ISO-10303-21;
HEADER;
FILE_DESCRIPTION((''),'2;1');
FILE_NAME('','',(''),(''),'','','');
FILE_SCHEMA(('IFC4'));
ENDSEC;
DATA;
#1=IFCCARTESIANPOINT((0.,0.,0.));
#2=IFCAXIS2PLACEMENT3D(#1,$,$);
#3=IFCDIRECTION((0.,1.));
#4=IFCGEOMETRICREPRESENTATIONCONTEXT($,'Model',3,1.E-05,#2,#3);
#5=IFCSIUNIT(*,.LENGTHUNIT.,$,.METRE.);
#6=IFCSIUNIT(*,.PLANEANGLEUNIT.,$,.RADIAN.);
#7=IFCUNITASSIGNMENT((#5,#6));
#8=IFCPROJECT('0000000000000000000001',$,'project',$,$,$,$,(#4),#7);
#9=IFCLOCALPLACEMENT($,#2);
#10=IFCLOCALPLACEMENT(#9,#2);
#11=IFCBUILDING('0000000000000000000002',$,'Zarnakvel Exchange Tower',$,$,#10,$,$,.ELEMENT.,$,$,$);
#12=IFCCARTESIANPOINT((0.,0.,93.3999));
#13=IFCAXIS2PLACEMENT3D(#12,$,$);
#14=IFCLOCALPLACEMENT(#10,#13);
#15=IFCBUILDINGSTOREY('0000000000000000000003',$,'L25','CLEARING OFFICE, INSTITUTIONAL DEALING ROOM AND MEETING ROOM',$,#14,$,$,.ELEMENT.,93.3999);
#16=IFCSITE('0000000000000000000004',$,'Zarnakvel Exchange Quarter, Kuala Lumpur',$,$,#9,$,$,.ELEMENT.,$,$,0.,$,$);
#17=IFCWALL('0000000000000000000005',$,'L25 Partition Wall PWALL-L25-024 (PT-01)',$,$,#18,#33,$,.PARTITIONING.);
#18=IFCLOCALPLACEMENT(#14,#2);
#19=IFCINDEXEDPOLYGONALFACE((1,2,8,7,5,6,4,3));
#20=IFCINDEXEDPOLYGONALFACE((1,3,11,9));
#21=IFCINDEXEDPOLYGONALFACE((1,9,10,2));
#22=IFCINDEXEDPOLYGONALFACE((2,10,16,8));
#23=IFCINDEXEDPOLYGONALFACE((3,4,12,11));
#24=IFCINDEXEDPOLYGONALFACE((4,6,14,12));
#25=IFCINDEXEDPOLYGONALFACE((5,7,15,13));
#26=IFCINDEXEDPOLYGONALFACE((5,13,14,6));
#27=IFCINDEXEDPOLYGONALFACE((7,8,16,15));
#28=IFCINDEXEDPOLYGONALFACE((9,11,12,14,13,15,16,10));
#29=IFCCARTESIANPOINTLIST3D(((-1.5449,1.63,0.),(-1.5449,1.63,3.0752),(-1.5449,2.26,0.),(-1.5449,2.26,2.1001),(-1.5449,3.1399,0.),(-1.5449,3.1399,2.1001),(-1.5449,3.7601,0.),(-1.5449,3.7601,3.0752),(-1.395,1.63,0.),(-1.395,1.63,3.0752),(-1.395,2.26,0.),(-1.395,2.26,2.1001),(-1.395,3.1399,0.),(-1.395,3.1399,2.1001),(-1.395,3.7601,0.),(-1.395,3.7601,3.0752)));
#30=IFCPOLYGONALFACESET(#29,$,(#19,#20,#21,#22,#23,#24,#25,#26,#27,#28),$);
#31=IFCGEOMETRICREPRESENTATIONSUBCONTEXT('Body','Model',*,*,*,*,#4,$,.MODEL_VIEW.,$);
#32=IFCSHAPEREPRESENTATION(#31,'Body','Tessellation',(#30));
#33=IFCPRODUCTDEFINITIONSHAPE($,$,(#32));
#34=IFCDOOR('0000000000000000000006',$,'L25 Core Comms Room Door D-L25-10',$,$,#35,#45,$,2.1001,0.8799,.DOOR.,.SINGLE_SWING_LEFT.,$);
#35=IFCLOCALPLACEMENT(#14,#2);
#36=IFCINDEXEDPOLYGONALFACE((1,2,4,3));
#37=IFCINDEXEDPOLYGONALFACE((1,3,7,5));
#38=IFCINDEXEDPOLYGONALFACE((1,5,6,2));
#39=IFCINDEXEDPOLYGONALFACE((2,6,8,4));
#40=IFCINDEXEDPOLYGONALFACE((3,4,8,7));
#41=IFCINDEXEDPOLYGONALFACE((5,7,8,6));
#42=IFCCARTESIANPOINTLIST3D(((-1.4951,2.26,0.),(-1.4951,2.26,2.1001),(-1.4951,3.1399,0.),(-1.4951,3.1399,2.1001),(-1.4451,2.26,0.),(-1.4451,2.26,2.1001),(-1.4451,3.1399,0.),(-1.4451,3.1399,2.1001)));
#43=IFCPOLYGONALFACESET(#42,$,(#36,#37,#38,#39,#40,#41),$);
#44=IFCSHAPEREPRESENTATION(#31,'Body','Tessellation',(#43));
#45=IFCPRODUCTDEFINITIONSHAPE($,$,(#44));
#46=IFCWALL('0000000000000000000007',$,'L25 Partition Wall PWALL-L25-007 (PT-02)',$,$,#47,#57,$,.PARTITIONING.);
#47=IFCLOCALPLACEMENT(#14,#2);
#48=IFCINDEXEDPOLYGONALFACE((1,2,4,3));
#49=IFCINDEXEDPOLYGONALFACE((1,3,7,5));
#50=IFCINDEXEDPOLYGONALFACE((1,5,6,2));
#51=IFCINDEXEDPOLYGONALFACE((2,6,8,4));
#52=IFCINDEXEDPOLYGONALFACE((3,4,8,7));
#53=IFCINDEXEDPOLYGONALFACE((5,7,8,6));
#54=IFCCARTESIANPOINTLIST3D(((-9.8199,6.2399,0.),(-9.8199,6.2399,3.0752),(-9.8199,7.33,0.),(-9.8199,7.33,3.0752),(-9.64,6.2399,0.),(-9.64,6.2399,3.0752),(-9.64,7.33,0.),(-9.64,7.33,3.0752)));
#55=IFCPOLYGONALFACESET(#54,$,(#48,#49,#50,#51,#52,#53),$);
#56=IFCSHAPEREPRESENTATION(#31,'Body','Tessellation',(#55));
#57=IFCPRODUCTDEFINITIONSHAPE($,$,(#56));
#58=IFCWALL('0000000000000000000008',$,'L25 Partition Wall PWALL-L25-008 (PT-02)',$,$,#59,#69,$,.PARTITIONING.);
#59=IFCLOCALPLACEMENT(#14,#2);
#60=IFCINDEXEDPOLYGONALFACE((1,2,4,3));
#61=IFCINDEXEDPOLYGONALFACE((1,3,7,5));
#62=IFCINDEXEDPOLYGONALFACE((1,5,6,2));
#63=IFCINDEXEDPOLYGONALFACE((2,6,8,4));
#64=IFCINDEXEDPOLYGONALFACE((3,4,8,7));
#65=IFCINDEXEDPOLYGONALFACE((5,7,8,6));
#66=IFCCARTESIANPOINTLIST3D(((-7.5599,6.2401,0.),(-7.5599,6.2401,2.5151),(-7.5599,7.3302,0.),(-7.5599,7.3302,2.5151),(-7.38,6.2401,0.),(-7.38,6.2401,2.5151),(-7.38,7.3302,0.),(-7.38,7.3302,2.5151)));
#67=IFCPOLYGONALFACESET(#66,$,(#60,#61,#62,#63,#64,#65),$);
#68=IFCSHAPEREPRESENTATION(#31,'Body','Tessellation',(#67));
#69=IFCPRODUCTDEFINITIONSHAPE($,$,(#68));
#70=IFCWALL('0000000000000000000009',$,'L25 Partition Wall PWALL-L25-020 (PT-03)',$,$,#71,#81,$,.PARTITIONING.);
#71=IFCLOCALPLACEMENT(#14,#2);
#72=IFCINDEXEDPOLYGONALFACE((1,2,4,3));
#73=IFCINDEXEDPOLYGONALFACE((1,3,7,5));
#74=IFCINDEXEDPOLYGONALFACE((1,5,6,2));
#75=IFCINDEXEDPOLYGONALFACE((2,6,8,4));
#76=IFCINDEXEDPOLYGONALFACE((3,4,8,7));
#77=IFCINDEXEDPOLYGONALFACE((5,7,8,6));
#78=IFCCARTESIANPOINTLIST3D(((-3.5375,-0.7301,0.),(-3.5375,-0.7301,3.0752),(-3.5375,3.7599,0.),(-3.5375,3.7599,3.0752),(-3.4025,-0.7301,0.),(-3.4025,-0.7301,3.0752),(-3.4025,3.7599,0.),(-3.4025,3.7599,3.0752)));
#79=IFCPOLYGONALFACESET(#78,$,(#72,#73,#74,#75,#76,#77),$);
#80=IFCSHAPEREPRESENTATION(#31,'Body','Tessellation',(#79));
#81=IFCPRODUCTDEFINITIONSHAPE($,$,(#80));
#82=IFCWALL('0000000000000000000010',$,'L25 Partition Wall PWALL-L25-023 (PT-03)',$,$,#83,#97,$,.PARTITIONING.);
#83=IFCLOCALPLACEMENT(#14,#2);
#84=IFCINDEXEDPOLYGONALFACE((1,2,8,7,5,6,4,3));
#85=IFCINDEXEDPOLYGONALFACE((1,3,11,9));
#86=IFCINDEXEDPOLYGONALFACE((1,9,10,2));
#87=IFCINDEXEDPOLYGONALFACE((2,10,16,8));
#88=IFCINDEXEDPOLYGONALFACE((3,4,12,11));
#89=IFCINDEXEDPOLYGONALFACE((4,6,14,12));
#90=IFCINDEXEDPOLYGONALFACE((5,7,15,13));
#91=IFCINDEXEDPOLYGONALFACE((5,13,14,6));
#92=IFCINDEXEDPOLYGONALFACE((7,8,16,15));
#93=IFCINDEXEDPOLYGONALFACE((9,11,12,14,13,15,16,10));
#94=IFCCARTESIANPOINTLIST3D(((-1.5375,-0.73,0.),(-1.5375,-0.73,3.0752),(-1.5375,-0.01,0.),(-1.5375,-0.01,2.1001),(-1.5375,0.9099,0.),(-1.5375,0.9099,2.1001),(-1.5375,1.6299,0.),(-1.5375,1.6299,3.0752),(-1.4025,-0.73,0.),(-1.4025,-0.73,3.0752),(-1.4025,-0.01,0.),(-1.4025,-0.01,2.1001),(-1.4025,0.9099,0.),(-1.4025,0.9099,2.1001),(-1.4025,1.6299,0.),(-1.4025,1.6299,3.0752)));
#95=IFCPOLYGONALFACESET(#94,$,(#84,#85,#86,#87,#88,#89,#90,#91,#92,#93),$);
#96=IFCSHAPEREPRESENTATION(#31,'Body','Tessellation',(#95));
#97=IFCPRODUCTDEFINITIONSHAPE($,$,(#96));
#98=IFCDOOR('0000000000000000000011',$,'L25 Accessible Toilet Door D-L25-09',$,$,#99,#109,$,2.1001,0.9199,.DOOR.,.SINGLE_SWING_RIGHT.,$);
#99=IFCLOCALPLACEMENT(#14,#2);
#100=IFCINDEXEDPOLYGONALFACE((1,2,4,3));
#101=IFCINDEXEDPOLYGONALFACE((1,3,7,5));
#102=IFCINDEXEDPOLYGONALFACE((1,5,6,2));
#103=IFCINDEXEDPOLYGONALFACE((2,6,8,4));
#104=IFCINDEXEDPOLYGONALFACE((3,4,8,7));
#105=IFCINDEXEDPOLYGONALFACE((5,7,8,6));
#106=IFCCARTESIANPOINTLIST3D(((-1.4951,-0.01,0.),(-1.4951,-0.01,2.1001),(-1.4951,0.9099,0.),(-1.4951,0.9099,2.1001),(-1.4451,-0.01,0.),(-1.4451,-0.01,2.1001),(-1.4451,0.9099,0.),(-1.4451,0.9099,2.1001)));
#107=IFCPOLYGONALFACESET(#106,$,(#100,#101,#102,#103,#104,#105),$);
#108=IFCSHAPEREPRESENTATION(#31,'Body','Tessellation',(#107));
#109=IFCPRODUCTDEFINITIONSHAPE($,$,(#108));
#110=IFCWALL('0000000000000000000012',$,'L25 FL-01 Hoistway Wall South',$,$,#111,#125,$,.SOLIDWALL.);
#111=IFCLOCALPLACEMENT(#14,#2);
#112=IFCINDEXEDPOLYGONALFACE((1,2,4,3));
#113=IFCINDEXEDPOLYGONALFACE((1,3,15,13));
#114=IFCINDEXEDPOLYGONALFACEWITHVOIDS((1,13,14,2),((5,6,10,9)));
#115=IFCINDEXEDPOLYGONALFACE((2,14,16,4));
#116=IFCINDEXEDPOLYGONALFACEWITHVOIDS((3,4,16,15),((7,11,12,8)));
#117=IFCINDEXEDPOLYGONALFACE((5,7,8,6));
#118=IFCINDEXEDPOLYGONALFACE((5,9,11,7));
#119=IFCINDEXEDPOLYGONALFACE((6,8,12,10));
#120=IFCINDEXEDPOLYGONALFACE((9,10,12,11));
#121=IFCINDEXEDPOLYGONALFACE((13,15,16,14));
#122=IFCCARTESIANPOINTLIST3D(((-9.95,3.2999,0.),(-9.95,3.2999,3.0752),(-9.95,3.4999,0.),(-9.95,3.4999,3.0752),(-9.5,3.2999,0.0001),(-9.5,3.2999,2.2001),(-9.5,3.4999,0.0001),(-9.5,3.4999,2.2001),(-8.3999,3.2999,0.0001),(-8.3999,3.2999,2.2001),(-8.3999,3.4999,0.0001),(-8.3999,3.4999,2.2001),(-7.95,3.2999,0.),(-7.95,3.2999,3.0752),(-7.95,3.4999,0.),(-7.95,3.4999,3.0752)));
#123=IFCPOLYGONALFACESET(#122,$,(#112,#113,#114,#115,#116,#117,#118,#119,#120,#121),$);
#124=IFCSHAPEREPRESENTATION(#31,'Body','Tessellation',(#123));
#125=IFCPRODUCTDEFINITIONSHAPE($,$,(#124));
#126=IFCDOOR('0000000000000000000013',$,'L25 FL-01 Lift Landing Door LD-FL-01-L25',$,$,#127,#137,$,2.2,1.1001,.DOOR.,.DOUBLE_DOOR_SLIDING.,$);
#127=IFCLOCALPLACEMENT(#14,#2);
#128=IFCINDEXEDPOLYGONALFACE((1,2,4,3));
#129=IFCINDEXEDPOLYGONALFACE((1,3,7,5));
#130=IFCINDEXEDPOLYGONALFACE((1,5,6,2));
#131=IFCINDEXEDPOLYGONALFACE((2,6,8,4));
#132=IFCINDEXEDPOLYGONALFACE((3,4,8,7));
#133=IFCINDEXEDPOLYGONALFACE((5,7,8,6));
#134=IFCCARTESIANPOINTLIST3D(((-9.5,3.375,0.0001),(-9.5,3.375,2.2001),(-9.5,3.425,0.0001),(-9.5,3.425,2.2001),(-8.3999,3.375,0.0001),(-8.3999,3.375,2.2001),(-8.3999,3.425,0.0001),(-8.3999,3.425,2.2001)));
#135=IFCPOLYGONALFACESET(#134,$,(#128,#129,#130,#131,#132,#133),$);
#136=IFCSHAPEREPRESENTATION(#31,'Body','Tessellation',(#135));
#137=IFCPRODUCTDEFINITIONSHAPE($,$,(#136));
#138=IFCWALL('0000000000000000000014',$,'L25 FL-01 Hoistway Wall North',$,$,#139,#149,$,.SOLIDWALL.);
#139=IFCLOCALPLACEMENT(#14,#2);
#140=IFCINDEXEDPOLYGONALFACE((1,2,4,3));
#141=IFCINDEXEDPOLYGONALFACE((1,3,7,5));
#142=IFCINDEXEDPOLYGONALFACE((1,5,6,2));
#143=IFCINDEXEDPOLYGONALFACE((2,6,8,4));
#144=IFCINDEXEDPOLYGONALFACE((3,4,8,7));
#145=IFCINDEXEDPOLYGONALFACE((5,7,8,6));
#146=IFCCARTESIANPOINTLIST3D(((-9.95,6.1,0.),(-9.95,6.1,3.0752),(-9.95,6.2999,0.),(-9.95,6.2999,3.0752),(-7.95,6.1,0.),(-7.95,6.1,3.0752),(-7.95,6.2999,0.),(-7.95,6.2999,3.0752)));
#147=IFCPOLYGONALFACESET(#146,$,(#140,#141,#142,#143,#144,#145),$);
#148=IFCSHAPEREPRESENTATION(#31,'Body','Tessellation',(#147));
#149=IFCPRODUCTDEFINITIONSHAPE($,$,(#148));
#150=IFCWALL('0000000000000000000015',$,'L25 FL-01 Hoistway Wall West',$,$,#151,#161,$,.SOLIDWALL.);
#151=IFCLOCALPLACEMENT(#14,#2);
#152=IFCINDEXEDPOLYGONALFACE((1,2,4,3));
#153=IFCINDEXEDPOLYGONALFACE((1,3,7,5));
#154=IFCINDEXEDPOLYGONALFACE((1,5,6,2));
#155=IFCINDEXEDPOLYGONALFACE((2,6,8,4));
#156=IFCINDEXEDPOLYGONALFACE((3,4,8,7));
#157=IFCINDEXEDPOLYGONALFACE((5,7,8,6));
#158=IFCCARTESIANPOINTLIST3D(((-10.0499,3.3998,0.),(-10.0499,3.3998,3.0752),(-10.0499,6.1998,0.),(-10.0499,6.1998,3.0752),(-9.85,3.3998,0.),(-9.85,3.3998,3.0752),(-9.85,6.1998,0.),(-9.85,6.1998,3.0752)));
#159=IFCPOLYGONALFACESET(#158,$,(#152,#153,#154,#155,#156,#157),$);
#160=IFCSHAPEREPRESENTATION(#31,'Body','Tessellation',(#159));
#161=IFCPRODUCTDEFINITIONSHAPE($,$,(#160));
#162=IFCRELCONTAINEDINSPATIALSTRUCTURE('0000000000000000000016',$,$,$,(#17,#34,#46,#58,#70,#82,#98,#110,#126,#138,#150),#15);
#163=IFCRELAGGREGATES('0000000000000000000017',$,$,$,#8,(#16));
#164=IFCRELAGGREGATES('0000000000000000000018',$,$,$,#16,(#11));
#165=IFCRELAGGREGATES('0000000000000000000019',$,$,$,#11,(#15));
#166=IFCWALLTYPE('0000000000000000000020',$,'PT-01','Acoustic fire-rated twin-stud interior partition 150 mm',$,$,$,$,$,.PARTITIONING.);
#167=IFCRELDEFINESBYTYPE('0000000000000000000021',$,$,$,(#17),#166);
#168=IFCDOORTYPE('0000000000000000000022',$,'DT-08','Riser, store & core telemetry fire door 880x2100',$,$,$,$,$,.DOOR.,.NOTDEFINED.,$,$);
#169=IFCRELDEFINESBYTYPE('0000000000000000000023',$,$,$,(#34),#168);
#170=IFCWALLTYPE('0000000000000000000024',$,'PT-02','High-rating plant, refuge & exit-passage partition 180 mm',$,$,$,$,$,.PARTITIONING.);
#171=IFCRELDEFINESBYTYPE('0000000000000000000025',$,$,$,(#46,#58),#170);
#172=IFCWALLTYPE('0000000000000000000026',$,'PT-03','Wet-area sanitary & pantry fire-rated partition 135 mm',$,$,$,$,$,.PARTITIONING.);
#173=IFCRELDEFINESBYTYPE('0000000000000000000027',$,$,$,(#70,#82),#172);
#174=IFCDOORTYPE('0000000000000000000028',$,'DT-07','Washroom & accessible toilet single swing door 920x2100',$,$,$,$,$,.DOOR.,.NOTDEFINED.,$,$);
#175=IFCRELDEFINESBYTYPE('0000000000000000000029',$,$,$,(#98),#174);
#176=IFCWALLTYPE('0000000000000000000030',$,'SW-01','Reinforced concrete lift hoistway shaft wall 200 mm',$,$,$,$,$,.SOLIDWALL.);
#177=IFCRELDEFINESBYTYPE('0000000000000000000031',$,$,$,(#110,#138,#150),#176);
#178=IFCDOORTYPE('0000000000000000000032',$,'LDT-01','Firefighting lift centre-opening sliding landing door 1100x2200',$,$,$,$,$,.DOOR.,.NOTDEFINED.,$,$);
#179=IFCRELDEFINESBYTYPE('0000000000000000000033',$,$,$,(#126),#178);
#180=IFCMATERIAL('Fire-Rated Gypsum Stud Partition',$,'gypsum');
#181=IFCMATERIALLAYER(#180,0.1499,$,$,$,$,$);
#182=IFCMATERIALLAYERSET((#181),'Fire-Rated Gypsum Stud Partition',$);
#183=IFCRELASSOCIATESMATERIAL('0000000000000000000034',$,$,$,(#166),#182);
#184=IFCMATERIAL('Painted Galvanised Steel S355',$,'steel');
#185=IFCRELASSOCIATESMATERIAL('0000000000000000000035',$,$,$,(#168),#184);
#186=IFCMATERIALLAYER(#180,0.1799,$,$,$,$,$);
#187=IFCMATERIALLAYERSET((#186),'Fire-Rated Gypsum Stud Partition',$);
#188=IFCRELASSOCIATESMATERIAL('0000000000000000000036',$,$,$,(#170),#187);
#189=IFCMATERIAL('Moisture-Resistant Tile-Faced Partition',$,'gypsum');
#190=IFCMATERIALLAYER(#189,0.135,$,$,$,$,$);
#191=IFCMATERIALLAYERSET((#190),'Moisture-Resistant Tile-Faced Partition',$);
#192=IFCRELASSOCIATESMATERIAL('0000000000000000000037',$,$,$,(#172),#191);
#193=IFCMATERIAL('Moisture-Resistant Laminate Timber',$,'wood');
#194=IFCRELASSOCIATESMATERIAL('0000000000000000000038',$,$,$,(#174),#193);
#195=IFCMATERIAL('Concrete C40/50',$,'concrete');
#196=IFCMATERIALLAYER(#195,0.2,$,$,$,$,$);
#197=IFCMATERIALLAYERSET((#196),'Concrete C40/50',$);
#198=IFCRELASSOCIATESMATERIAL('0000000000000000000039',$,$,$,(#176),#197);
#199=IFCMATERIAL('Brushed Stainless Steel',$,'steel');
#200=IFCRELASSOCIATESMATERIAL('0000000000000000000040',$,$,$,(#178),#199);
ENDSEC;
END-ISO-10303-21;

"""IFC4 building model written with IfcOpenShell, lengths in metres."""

from ifc_helpers import new_model, si_unit, direction, frame, frame_2d, origin, place, context, subcontext, project, spatial, rectangle, extrude, source, transform, mapped, material, layer, layer_set, type_object, element, fill, save


model = new_model("IFC4")

# Units and contexts
model_context = context("Model", 3, precision=1e-05, world=origin(), true_north=direction((0.0, 1.0)))
body_context = subcontext(model_context, "Body", "Model", "MODEL_VIEW")
ifc_project = project(units=[si_unit("LENGTHUNIT", "METRE"), si_unit("PLANEANGLEUNIT", "RADIAN")], contexts=[model_context])

# Site, building, storey
site_placement = place(None, origin())
site = spatial("IfcSite", under=ifc_project, at=site_placement, Name="Zarnakvel Exchange Quarter, Kuala Lumpur", CompositionType="ELEMENT", RefElevation=0.0)
building_placement = place(site_placement, origin())
building = spatial("IfcBuilding", under=site, at=building_placement, Name="Zarnakvel Exchange Tower", CompositionType="ELEMENT")
storey_placement = place(building_placement, frame((0.0, 0.0, 93.3999)))
storey = spatial("IfcBuildingStorey", under=building, at=storey_placement, Name="L25", Description="CLEARING OFFICE, INSTITUTIONAL DEALING ROOM AND MEETING ROOM", CompositionType="ELEMENT", Elevation=93.3999)

# Wall, opening, door
ifc_material_1 = material(Name="Fire-Rated Gypsum Stud Partition", Category="gypsum")
ifc_layer_1 = layer(ifc_material_1, 0.1499)
ifc_layer_set_1 = layer_set([ifc_layer_1], Name="Fire-Rated Gypsum Stud Partition")
wall_type_1 = type_object("IfcWallType", Name="PT-01", Description="Acoustic fire-rated twin-stud interior partition 150 mm", PredefinedType="PARTITIONING", material=ifc_layer_set_1)
wall_1_placement = place(storey_placement, frame((-1.47, 3.76, 0.0), z_axis=(0.0, 0.0, 1.0), x_axis=(0.0, -1.0, 0.0)))
wall_1 = element("IfcWall", 1, at=wall_1_placement, inside=storey, type_object=wall_type_1, Name="L25 Partition Wall PWALL-L25-024 (PT-01)", PredefinedType="PARTITIONING", context=body_context, shape_type="SweptSolid", body=[
    extrude(rectangle(XDim=2.1301, YDim=0.1499, at=frame_2d((1.0649, 0.0))), origin(), (0.0, 0.0, 1.0), 3.0752),
])
opening_1_placement = place(wall_1_placement, frame((0.6201, 0.0, 0.0)))
opening_1 = element("IfcOpeningElement", 2, at=opening_1_placement, cuts=wall_1, PredefinedType="OPENING", context=body_context, shape_type="SweptSolid", body=[
    extrude(rectangle(XDim=0.8799, YDim=2.1001, at=frame_2d((0.4399, 1.05))), frame((0.0, 0.085, 0.0), z_axis=(0.0, -1.0, 0.0), x_axis=(1.0, 0.0, 0.0)), (0.0, 0.0, 1.0), 0.1699),
])
ifc_material_2 = material(Name="Painted Galvanised Steel S355", Category="steel")
door_type_1 = type_object("IfcDoorType", Name="DT-08", Description="Riser, store & core telemetry fire door 880x2100", OperationType="NOTDEFINED", PredefinedType="DOOR", material=ifc_material_2)
shared_shape_1 = source(origin(), body_context, "Body", "SweptSolid", [
    extrude(rectangle(XDim=0.8799, YDim=2.1001, at=frame_2d((0.4399, 1.05))), frame((0.0, 0.0249, 0.0), z_axis=(0.0, -1.0, 0.0), x_axis=(1.0, 0.0, 0.0)), (0.0, 0.0, 1.0), 0.05),
])
door_1_placement = place(opening_1_placement, origin())
door_1 = element("IfcDoor", 3, at=door_1_placement, inside=storey, type_object=door_type_1, Name="L25 Core Comms Room Door D-L25-10", OperationType="SINGLE_SWING_LEFT", OverallHeight=2.1001, OverallWidth=0.8799, PredefinedType="DOOR", context=body_context, shape_type="MappedRepresentation", body=[
    mapped(shared_shape_1, transform((0.0, 0.0, 0.0), x_axis=(1.0, 0.0, 0.0), y_axis=(0.0, 1.0, 0.0), z_axis=(0.0, 0.0, 1.0), scale=1.0)),
])
fill(opening_1, door_1)

# Walls
ifc_layer_2 = layer(ifc_material_1, 0.1799)
ifc_layer_set_2 = layer_set([ifc_layer_2], Name="Fire-Rated Gypsum Stud Partition")
wall_type_2 = type_object("IfcWallType", Name="PT-02", Description="High-rating plant, refuge & exit-passage partition 180 mm", PredefinedType="PARTITIONING", material=ifc_layer_set_2)
wall_2_placement = place(storey_placement, frame((-9.73, 6.24, 0.0), z_axis=(0.0, 0.0, 1.0), x_axis=(0.0, 1.0, 0.0)))
element("IfcWall", 4, at=wall_2_placement, inside=storey, type_object=wall_type_2, Name="L25 Partition Wall PWALL-L25-007 (PT-02)", PredefinedType="PARTITIONING", context=body_context, shape_type="SweptSolid", body=[
    extrude(rectangle(XDim=1.0901, YDim=0.1799, at=frame_2d((0.5449, 0.0))), origin(), (0.0, 0.0, 1.0), 3.0752),
])
wall_3_placement = place(storey_placement, frame((-7.47, 7.3301, 0.0), z_axis=(0.0, 0.0, 1.0), x_axis=(0.0, -1.0, 0.0)))
element("IfcWall", 5, at=wall_3_placement, inside=storey, type_object=wall_type_2, Name="L25 Partition Wall PWALL-L25-008 (PT-02)", PredefinedType="PARTITIONING", context=body_context, shape_type="SweptSolid", body=[
    extrude(rectangle(XDim=1.0901, YDim=0.1799, at=frame_2d((0.5449, 0.0))), origin(), (0.0, 0.0, 1.0), 2.5151),
])
ifc_material_3 = material(Name="Moisture-Resistant Tile-Faced Partition", Category="gypsum")
ifc_layer_3 = layer(ifc_material_3, 0.135)
ifc_layer_set_3 = layer_set([ifc_layer_3], Name="Moisture-Resistant Tile-Faced Partition")
wall_type_3 = type_object("IfcWallType", Name="PT-03", Description="Wet-area sanitary & pantry fire-rated partition 135 mm", PredefinedType="PARTITIONING", material=ifc_layer_set_3)
wall_4_placement = place(storey_placement, frame((-3.47, 3.76, 0.0), z_axis=(0.0, 0.0, 1.0), x_axis=(0.0, -1.0, 0.0)))
element("IfcWall", 6, at=wall_4_placement, inside=storey, type_object=wall_type_3, Name="L25 Partition Wall PWALL-L25-020 (PT-03)", PredefinedType="PARTITIONING", context=body_context, shape_type="SweptSolid", body=[
    extrude(rectangle(XDim=4.49, YDim=0.135, at=frame_2d((2.2451, 0.0))), origin(), (0.0, 0.0, 1.0), 3.0752),
])

# Walls, openings, doors
wall_5_placement = place(storey_placement, frame((-1.47, 1.6299, 0.0), z_axis=(0.0, 0.0, 1.0), x_axis=(0.0, -1.0, 0.0)))
wall_5 = element("IfcWall", 7, at=wall_5_placement, inside=storey, type_object=wall_type_3, Name="L25 Partition Wall PWALL-L25-023 (PT-03)", PredefinedType="PARTITIONING", context=body_context, shape_type="SweptSolid", body=[
    extrude(rectangle(XDim=2.3599, YDim=0.135, at=frame_2d((1.1799, 0.0))), origin(), (0.0, 0.0, 1.0), 3.0752),
])
opening_2_placement = place(wall_5_placement, frame((0.72, 0.0, 0.0)))
opening_2 = element("IfcOpeningElement", 8, at=opening_2_placement, cuts=wall_5, PredefinedType="OPENING", context=body_context, shape_type="SweptSolid", body=[
    extrude(rectangle(XDim=0.9199, YDim=2.1001, at=frame_2d((0.46, 1.05))), frame((0.0, 0.0774, 0.0), z_axis=(0.0, -1.0, 0.0), x_axis=(1.0, 0.0, 0.0)), (0.0, 0.0, 1.0), 0.155),
])
ifc_material_4 = material(Name="Moisture-Resistant Laminate Timber", Category="wood")
door_type_2 = type_object("IfcDoorType", Name="DT-07", Description="Washroom & accessible toilet single swing door 920x2100", OperationType="NOTDEFINED", PredefinedType="DOOR", material=ifc_material_4)
shared_shape_2 = source(origin(), body_context, "Body", "SweptSolid", [
    extrude(rectangle(XDim=0.9199, YDim=2.1001, at=frame_2d((0.46, 1.05))), frame((0.0, 0.0249, 0.0), z_axis=(0.0, -1.0, 0.0), x_axis=(1.0, 0.0, 0.0)), (0.0, 0.0, 1.0), 0.05),
])
door_2_placement = place(opening_2_placement, origin())
door_2 = element("IfcDoor", 9, at=door_2_placement, inside=storey, type_object=door_type_2, Name="L25 Accessible Toilet Door D-L25-09", OperationType="SINGLE_SWING_RIGHT", OverallHeight=2.1001, OverallWidth=0.9199, PredefinedType="DOOR", context=body_context, shape_type="MappedRepresentation", body=[
    mapped(shared_shape_2, transform((0.0, 0.0, 0.0), x_axis=(1.0, 0.0, 0.0), y_axis=(0.0, 1.0, 0.0), z_axis=(0.0, 0.0, 1.0), scale=1.0)),
])
fill(opening_2, door_2)
ifc_material_5 = material(Name="Concrete C40/50", Category="concrete")
ifc_layer_4 = layer(ifc_material_5, 0.2)
ifc_layer_set_4 = layer_set([ifc_layer_4], Name="Concrete C40/50")
wall_type_4 = type_object("IfcWallType", Name="SW-01", Description="Reinforced concrete lift hoistway shaft wall 200 mm", PredefinedType="SOLIDWALL", material=ifc_layer_set_4)
wall_6_placement = place(storey_placement, frame((-7.95, 3.3999, 0.0), z_axis=(0.0, 0.0, 1.0), x_axis=(-1.0, 0.0, 0.0)))
wall_6 = element("IfcWall", 10, at=wall_6_placement, inside=storey, type_object=wall_type_4, Name="L25 FL-01 Hoistway Wall South", PredefinedType="SOLIDWALL", context=body_context, shape_type="SweptSolid", body=[
    extrude(rectangle(XDim=2.0, YDim=0.2, at=frame_2d((1.0, 0.0))), origin(), (0.0, 0.0, 1.0), 3.0752),
])
opening_3_placement = place(wall_6_placement, frame((0.45, 0.0, 0.0)))
opening_3 = element("IfcOpeningElement", 11, at=opening_3_placement, cuts=wall_6, PredefinedType="OPENING", context=body_context, shape_type="SweptSolid", body=[
    extrude(rectangle(XDim=1.1001, YDim=2.2, at=frame_2d((0.55, 1.1001))), frame((0.0, 0.1099, 0.0), z_axis=(0.0, -1.0, 0.0), x_axis=(1.0, 0.0, 0.0)), (0.0, 0.0, 1.0), 0.22),
])
ifc_material_6 = material(Name="Brushed Stainless Steel", Category="steel")
door_type_3 = type_object("IfcDoorType", Name="LDT-01", Description="Firefighting lift centre-opening sliding landing door 1100x2200", OperationType="NOTDEFINED", PredefinedType="DOOR", material=ifc_material_6)
shared_shape_3 = source(origin(), body_context, "Body", "SweptSolid", [
    extrude(rectangle(XDim=1.1001, YDim=2.2, at=frame_2d((0.55, 1.1001))), frame((0.0, 0.0249, 0.0), z_axis=(0.0, -1.0, 0.0), x_axis=(1.0, 0.0, 0.0)), (0.0, 0.0, 1.0), 0.05),
])
door_3_placement = place(opening_3_placement, origin())
door_3 = element("IfcDoor", 12, at=door_3_placement, inside=storey, type_object=door_type_3, Name="L25 FL-01 Lift Landing Door LD-FL-01-L25", OperationType="DOUBLE_DOOR_SLIDING", OverallHeight=2.2, OverallWidth=1.1001, PredefinedType="DOOR", context=body_context, shape_type="MappedRepresentation", body=[
    mapped(shared_shape_3, transform((0.0, 0.0, 0.0), x_axis=(1.0, 0.0, 0.0), y_axis=(0.0, 1.0, 0.0), z_axis=(0.0, 0.0, 1.0), scale=1.0)),
])
fill(opening_3, door_3)

# Walls
wall_7_placement = place(storey_placement, frame((-9.95, 6.2, 0.0), z_axis=(0.0, 0.0, 1.0), x_axis=(1.0, 0.0, 0.0)))
element("IfcWall", 13, at=wall_7_placement, inside=storey, type_object=wall_type_4, Name="L25 FL-01 Hoistway Wall North", PredefinedType="SOLIDWALL", context=body_context, shape_type="SweptSolid", body=[
    extrude(rectangle(XDim=2.0, YDim=0.2, at=frame_2d((1.0, 0.0))), origin(), (0.0, 0.0, 1.0), 3.0752),
])
for number, where, z_axis, x_axis, name in (
    (14, (-9.95, 3.3999, 0.0), (0.0, 0.0, 1.0), (0.0, 1.0, 0.0), "L25 FL-01 Hoistway Wall West"),
):
    element("IfcWall", number, at=place(storey_placement, frame(where, z_axis=z_axis, x_axis=x_axis)), inside=storey, type_object=wall_type_4, Name=name, PredefinedType="SOLIDWALL", context=body_context, shape_type="SweptSolid", body=[
        extrude(rectangle(XDim=2.8, YDim=0.2, at=frame_2d((1.3999, 0.0))), origin(), (0.0, 0.0, 1.0), 3.0752),
    ])

save(model, "model.ifc")
